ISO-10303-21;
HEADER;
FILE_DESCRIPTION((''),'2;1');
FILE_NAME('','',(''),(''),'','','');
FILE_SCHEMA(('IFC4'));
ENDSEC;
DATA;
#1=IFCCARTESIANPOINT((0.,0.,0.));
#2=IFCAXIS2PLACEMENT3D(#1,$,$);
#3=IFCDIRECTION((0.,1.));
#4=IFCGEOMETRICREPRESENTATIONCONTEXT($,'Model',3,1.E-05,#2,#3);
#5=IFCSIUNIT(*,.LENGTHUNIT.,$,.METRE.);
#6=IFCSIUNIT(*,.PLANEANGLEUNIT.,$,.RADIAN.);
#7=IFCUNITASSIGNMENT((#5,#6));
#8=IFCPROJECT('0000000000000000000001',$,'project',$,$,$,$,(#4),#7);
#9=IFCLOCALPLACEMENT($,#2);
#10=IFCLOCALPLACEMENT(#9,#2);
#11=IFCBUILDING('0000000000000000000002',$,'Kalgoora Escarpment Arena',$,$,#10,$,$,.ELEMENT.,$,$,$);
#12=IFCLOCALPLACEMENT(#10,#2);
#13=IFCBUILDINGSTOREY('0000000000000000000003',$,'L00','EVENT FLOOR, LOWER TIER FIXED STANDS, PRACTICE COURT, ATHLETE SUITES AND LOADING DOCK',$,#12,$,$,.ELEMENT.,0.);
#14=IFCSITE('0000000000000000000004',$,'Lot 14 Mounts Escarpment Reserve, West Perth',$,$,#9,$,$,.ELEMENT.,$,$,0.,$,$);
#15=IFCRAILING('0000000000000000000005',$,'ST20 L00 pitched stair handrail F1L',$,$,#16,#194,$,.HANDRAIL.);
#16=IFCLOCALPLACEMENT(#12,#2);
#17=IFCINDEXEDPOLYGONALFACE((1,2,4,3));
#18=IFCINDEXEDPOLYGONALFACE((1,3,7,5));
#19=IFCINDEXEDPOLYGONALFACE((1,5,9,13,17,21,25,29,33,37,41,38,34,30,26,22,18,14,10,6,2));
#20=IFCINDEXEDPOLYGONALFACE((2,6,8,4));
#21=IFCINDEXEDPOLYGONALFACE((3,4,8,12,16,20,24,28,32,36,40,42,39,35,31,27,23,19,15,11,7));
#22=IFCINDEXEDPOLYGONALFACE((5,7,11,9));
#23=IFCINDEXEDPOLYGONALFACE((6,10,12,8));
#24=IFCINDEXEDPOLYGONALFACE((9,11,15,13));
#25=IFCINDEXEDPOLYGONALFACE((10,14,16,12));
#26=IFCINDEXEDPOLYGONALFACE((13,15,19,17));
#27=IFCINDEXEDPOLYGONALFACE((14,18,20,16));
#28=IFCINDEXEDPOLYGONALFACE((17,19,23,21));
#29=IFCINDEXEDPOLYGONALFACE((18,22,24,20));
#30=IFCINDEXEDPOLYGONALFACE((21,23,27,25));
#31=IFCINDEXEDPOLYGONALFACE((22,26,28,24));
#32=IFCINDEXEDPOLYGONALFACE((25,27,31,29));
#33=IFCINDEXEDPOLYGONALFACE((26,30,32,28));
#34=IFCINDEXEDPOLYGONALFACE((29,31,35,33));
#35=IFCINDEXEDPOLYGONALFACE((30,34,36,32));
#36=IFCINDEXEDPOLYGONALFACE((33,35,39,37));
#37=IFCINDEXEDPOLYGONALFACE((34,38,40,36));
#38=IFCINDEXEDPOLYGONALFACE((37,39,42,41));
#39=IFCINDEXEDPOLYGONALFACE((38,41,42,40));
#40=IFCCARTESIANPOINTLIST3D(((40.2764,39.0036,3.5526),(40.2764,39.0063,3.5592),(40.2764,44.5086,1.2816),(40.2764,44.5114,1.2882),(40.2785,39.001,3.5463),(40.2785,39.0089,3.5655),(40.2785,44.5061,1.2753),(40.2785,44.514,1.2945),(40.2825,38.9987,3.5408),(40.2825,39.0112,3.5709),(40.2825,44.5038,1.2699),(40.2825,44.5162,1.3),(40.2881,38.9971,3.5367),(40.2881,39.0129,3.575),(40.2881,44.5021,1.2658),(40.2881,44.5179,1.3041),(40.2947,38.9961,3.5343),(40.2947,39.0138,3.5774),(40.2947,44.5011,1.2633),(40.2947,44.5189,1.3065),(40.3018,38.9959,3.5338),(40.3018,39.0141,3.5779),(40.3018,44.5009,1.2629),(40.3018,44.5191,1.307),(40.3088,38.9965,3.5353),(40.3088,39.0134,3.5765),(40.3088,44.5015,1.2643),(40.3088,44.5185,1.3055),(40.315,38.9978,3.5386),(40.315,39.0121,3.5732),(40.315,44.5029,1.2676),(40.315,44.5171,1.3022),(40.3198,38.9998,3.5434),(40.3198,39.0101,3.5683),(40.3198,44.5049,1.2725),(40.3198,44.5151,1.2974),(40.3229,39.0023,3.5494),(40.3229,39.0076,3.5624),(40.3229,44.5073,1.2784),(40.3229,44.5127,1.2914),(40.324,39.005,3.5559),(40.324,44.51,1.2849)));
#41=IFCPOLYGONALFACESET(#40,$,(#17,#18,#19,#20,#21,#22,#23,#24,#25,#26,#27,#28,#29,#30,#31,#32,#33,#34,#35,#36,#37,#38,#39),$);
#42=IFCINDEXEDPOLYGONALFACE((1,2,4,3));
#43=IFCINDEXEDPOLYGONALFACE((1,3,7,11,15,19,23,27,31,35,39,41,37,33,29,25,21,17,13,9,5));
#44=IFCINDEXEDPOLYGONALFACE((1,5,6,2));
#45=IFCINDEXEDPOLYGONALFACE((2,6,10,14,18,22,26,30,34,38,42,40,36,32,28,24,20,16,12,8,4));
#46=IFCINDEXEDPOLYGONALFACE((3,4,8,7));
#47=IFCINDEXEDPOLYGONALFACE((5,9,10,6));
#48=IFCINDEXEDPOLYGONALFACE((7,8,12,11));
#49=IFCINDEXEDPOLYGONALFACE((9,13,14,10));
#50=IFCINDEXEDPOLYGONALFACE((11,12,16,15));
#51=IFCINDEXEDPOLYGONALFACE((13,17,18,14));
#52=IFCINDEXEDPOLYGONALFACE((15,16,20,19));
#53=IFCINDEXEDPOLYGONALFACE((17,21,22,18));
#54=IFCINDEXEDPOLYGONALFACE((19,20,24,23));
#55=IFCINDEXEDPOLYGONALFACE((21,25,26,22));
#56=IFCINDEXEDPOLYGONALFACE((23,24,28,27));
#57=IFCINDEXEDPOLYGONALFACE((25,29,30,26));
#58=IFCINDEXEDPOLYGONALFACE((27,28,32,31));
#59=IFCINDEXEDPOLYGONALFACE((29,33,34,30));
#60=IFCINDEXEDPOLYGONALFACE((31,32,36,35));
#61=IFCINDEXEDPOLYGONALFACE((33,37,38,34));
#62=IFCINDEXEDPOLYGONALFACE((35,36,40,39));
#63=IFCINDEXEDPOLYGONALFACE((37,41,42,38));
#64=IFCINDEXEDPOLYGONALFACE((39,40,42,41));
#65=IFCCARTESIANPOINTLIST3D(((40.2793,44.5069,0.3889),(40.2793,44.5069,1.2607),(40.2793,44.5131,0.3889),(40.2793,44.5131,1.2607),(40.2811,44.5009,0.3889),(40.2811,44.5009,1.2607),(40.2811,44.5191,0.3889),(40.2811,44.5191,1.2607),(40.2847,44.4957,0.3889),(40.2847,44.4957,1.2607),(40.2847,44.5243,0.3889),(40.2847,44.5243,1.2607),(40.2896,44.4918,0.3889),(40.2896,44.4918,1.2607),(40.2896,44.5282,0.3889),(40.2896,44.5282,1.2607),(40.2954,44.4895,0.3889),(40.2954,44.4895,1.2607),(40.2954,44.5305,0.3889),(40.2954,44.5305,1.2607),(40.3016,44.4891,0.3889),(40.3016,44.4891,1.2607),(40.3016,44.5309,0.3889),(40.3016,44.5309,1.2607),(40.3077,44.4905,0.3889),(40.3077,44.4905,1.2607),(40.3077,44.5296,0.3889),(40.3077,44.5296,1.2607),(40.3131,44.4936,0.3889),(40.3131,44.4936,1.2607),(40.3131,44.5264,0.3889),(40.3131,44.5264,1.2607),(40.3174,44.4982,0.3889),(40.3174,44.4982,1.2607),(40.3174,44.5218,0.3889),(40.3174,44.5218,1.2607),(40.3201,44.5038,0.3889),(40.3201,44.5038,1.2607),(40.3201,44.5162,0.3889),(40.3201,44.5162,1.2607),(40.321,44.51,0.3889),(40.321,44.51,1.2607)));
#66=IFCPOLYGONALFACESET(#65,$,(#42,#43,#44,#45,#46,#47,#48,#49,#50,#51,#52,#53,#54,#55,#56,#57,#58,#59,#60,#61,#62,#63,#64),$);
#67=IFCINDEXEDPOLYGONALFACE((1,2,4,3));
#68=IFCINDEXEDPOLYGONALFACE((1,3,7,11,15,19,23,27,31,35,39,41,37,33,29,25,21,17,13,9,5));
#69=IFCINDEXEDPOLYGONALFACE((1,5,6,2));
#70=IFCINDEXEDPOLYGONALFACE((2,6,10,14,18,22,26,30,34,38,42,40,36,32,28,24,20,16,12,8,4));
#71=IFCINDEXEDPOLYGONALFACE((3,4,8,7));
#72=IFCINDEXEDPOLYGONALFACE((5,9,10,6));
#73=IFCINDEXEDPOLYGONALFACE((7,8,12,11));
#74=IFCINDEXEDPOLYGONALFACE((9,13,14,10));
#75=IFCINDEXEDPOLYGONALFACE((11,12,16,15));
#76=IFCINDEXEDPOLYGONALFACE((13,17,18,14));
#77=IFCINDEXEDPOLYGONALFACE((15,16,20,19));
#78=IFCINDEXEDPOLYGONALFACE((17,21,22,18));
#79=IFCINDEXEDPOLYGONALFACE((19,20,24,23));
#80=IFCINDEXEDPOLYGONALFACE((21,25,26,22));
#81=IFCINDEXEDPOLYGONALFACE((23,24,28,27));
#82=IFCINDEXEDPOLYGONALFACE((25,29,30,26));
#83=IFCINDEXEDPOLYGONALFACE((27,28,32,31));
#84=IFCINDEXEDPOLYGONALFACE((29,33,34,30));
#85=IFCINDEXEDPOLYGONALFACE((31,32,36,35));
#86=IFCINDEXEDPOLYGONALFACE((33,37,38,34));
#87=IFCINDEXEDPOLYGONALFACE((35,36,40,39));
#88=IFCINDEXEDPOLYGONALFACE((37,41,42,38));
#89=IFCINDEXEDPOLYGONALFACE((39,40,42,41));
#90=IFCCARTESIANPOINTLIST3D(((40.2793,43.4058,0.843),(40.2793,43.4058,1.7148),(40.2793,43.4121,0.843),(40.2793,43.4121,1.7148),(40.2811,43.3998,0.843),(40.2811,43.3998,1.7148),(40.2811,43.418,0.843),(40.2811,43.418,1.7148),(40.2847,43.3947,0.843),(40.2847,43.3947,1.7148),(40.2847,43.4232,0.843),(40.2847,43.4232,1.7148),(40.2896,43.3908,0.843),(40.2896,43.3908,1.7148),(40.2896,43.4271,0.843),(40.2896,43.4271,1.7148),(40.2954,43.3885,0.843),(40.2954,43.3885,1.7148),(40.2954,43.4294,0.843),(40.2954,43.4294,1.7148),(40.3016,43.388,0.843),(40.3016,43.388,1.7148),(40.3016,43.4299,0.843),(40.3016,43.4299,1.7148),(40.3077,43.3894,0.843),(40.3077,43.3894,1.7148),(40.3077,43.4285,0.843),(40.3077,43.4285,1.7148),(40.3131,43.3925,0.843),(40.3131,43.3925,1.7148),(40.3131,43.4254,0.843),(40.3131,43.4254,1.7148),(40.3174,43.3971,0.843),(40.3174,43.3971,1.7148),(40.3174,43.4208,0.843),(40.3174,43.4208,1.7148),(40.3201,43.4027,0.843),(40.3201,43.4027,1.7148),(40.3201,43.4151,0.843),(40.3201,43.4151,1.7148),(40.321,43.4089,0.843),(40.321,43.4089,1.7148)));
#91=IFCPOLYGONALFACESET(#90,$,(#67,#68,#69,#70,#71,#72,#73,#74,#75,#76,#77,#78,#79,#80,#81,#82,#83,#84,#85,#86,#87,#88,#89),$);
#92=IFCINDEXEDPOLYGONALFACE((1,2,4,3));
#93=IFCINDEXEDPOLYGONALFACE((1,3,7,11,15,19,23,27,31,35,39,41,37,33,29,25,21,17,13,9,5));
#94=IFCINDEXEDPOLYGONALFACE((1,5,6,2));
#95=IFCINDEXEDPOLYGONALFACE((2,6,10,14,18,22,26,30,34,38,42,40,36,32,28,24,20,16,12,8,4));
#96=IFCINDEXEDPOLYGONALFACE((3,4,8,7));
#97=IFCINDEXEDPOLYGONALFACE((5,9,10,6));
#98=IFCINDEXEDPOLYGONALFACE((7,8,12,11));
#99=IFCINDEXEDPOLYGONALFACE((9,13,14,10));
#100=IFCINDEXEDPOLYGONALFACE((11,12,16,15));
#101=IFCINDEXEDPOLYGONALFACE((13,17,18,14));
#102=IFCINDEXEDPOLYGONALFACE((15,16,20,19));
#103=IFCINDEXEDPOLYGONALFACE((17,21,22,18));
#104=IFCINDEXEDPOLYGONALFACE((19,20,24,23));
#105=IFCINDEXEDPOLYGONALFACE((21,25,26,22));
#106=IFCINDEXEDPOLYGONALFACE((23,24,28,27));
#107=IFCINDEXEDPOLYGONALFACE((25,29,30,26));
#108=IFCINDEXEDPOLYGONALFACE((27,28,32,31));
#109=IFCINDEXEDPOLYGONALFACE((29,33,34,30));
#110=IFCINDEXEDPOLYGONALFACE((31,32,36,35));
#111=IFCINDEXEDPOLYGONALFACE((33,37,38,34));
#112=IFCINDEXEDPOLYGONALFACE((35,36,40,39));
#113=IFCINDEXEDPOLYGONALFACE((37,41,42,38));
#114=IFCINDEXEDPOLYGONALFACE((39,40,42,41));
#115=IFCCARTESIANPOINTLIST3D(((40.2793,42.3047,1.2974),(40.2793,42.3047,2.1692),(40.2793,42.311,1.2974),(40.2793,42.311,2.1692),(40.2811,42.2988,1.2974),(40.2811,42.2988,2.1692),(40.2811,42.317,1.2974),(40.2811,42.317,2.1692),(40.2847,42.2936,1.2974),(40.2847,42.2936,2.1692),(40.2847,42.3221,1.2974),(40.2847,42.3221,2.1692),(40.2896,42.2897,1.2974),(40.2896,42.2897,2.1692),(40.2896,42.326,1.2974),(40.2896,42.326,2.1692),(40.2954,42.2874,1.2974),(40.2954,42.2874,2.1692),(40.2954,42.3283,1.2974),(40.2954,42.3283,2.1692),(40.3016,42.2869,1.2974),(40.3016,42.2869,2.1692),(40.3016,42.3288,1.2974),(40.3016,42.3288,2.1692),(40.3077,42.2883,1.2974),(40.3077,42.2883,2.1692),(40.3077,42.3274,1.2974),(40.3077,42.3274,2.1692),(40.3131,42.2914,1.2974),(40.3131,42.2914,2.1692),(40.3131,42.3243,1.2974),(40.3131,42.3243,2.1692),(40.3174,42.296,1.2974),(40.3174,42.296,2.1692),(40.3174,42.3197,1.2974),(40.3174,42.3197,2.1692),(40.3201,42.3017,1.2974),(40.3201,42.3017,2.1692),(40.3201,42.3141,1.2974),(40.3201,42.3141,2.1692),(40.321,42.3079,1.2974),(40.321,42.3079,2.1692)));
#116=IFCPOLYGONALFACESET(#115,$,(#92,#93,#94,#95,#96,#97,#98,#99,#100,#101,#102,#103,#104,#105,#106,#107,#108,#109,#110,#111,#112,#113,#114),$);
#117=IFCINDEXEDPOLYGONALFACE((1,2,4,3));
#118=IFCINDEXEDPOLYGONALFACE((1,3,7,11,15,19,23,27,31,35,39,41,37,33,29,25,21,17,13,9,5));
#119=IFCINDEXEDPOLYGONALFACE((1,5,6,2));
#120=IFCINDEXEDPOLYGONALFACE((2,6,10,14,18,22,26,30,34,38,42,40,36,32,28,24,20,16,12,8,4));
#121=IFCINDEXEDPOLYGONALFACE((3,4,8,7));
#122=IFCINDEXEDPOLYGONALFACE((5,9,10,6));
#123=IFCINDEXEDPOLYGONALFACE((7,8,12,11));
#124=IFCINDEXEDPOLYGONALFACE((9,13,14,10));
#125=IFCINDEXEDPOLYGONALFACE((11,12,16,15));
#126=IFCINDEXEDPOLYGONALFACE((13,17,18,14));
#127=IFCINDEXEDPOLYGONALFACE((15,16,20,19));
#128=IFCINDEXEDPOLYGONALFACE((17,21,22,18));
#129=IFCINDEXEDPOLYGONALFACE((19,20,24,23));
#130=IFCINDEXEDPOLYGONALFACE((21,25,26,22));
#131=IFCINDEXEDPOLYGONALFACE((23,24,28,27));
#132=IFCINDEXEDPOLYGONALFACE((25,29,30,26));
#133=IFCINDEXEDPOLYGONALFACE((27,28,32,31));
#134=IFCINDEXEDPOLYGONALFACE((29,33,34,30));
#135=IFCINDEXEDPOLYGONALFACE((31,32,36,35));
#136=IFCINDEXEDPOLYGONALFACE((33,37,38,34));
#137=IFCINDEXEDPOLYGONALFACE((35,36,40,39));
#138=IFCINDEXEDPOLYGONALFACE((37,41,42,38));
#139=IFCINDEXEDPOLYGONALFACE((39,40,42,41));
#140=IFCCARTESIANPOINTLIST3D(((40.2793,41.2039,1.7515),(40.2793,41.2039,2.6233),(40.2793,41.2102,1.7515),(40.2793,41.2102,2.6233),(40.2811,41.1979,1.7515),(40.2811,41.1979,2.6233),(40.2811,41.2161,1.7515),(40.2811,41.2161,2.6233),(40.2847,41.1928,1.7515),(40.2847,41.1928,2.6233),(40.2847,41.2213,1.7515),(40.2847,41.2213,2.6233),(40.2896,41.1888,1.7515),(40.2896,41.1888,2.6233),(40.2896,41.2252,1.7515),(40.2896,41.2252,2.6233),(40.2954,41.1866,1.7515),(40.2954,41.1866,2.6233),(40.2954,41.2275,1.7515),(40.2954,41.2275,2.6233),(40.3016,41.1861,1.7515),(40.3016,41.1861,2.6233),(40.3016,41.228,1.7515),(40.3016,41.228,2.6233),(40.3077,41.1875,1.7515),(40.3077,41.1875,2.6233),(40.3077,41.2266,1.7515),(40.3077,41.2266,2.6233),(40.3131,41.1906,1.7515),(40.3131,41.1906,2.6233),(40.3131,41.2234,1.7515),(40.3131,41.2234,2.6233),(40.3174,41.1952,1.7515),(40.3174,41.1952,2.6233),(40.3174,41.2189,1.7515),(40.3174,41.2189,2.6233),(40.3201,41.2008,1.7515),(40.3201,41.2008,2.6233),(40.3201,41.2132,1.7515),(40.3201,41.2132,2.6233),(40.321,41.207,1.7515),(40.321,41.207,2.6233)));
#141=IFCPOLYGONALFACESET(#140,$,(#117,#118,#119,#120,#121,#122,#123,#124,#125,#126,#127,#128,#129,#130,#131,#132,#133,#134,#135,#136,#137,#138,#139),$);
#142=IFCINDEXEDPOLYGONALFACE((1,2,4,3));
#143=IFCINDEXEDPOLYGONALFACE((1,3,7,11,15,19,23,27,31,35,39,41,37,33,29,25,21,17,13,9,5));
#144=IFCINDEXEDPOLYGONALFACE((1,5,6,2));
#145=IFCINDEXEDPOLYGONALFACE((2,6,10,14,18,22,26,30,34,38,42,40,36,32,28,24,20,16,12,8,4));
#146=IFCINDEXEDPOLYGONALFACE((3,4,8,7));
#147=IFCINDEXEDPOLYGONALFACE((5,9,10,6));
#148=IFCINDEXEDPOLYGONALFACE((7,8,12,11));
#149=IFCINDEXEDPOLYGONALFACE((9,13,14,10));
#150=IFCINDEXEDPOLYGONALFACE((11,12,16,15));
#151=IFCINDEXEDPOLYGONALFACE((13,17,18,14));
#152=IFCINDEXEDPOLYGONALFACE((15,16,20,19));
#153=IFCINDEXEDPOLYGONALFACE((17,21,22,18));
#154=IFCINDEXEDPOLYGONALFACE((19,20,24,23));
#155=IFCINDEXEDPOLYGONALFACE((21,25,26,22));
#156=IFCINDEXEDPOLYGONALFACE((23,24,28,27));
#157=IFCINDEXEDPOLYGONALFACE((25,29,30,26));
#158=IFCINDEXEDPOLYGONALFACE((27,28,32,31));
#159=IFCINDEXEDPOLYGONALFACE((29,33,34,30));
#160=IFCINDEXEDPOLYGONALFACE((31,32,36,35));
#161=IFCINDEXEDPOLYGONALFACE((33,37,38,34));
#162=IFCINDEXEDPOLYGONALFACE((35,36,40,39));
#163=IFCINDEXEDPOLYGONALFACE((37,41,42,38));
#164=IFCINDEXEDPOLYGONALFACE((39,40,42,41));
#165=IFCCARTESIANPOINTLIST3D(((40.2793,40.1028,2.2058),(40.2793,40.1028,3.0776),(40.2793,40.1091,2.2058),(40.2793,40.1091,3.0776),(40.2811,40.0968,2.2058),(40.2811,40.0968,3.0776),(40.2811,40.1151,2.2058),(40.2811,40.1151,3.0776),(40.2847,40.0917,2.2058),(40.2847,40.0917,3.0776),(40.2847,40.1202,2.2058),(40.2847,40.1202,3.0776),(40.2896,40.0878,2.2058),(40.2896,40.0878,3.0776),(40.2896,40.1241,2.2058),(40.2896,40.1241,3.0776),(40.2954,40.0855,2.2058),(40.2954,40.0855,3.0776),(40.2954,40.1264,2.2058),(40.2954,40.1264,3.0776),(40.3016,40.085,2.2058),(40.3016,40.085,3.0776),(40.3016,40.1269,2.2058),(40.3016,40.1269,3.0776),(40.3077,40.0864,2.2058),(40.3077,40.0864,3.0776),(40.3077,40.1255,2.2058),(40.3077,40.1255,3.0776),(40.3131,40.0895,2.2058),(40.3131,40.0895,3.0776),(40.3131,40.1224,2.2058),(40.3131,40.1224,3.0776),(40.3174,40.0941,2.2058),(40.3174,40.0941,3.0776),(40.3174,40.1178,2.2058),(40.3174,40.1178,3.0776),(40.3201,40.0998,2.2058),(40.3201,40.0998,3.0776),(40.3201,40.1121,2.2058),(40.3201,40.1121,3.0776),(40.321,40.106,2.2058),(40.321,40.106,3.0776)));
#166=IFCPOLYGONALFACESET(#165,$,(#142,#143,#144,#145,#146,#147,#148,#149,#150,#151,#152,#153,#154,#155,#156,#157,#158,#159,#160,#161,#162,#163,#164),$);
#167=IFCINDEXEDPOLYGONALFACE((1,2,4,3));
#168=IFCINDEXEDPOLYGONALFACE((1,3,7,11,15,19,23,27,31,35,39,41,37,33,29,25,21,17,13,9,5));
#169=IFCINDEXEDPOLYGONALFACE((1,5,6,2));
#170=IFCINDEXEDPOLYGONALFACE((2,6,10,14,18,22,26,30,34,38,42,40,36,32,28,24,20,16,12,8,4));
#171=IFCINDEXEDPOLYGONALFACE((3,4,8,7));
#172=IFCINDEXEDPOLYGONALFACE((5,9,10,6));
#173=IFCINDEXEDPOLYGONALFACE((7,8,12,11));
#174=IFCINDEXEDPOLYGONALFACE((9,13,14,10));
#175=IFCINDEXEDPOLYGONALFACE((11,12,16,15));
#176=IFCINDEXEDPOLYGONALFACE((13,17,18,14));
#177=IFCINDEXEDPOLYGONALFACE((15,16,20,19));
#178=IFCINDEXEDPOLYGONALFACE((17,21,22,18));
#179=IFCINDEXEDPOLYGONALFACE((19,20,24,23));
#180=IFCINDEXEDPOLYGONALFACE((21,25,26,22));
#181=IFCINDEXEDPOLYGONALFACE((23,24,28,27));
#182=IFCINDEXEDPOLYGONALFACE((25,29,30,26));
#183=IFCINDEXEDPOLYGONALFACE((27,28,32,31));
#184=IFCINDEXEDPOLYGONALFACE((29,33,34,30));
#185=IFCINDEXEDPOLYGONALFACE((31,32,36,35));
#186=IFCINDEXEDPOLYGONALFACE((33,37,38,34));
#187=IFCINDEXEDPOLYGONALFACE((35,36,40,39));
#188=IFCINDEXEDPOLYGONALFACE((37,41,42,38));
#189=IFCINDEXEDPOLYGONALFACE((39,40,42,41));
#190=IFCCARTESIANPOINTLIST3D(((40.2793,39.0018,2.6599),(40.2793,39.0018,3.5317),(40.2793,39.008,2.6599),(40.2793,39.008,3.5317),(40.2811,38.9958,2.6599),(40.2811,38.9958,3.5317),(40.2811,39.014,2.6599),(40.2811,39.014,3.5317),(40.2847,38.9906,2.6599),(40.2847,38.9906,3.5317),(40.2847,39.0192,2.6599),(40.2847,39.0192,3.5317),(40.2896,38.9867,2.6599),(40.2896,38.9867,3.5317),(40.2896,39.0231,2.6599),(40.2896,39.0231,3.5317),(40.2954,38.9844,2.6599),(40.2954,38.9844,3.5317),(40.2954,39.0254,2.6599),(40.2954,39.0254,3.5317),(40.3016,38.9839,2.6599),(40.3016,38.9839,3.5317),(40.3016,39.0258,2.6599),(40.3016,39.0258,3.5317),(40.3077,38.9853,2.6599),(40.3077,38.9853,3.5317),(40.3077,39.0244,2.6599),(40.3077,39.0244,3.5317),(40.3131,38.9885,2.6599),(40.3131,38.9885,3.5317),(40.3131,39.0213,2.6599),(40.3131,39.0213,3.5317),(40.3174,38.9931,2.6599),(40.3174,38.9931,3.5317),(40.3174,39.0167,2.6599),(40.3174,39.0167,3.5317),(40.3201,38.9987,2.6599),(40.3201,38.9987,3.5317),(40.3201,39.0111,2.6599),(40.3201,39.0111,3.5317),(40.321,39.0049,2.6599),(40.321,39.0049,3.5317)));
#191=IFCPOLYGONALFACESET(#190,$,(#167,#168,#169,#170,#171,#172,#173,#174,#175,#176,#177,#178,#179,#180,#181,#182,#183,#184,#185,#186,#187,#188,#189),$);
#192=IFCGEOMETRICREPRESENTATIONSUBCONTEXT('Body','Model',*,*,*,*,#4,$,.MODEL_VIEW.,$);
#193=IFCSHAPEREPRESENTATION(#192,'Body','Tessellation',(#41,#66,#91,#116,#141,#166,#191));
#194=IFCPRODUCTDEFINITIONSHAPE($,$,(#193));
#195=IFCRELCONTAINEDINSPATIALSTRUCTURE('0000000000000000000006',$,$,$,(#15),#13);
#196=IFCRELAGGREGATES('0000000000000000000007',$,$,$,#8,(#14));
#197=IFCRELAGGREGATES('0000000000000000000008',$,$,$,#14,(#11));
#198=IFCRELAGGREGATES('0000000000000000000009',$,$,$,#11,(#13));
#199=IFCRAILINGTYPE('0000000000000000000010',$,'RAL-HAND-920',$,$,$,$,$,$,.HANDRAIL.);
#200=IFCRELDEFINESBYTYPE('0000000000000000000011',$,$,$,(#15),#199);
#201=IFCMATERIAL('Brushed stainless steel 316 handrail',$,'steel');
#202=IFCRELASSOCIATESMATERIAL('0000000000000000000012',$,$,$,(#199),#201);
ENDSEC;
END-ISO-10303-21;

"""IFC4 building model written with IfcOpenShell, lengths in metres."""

from ifc_helpers import new_model, si_unit, direction, frame, origin, origin_2d, place, context, subcontext, project, spatial, circle, extrude, material, type_object, element, save


model = new_model("IFC4")

# Units and contexts
model_context = context("Model", 3, precision=1e-05, world=origin(), true_north=direction((0.0, 1.0)))
body_context = subcontext(model_context, "Body", "Model", "MODEL_VIEW")
ifc_project = project(units=[si_unit("LENGTHUNIT", "METRE"), si_unit("PLANEANGLEUNIT", "RADIAN")], contexts=[model_context])

# Site, building, storey
site_placement = place(None, origin())
site = spatial("IfcSite", under=ifc_project, at=site_placement, Name="Lot 14 Mounts Escarpment Reserve, West Perth", CompositionType="ELEMENT", RefElevation=0.0)
building_placement = place(site_placement, origin())
building = spatial("IfcBuilding", under=site, at=building_placement, Name="Kalgoora Escarpment Arena", CompositionType="ELEMENT")
storey_placement = place(building_placement, origin())
storey = spatial("IfcBuildingStorey", under=building, at=storey_placement, Name="L00", Description="EVENT FLOOR, LOWER TIER FIXED STANDS, PRACTICE COURT, ATHLETE SUITES AND LOADING DOCK", CompositionType="ELEMENT", Elevation=0.0)

# Railing
ifc_material_1 = material(Name="Brushed stainless steel 316 handrail", Category="steel")
railing_type_1 = type_object("IfcRailingType", Name="RAL-HAND-920", PredefinedType="HANDRAIL", material=ifc_material_1)
for number, where, name in (
    (1, (40.3, 44.51, 0.3889), "ST20 L00 pitched stair handrail F1L"),
):
    element("IfcRailing", number, at=place(storey_placement, frame(where)), inside=storey, type_object=railing_type_1, Name=name, PredefinedType="HANDRAIL", context=body_context, shape_type="SweptSolid", body=[
        extrude(circle(Radius=0.0239, at=origin_2d()), frame((0.0, 0.0, 0.896), z_axis=(0.0, -0.924431, 0.38135), x_axis=(1.0, 0.0, 0.0)), (0.0, 0.0, 1.0), 5.9551),
        extrude(circle(Radius=0.021, at=origin_2d()), origin(), (0.0, 0.0, 1.0), 0.8718),
        extrude(circle(Radius=0.021, at=origin_2d()), frame((0.0, -1.1011, 0.4541)), (0.0, 0.0, 1.0), 0.8718),
        extrude(circle(Radius=0.021, at=origin_2d()), frame((0.0, -2.2021, 0.9084)), (0.0, 0.0, 1.0), 0.8718),
        extrude(circle(Radius=0.021, at=origin_2d()), frame((0.0, -3.303, 1.3625)), (0.0, 0.0, 1.0), 0.8718),
        extrude(circle(Radius=0.021, at=origin_2d()), frame((0.0, -4.4041, 1.8169)), (0.0, 0.0, 1.0), 0.8718),
        extrude(circle(Radius=0.021, at=origin_2d()), frame((0.0, -5.5051, 2.271)), (0.0, 0.0, 1.0), 0.8718),
    ])

save(model, "model.ifc")
